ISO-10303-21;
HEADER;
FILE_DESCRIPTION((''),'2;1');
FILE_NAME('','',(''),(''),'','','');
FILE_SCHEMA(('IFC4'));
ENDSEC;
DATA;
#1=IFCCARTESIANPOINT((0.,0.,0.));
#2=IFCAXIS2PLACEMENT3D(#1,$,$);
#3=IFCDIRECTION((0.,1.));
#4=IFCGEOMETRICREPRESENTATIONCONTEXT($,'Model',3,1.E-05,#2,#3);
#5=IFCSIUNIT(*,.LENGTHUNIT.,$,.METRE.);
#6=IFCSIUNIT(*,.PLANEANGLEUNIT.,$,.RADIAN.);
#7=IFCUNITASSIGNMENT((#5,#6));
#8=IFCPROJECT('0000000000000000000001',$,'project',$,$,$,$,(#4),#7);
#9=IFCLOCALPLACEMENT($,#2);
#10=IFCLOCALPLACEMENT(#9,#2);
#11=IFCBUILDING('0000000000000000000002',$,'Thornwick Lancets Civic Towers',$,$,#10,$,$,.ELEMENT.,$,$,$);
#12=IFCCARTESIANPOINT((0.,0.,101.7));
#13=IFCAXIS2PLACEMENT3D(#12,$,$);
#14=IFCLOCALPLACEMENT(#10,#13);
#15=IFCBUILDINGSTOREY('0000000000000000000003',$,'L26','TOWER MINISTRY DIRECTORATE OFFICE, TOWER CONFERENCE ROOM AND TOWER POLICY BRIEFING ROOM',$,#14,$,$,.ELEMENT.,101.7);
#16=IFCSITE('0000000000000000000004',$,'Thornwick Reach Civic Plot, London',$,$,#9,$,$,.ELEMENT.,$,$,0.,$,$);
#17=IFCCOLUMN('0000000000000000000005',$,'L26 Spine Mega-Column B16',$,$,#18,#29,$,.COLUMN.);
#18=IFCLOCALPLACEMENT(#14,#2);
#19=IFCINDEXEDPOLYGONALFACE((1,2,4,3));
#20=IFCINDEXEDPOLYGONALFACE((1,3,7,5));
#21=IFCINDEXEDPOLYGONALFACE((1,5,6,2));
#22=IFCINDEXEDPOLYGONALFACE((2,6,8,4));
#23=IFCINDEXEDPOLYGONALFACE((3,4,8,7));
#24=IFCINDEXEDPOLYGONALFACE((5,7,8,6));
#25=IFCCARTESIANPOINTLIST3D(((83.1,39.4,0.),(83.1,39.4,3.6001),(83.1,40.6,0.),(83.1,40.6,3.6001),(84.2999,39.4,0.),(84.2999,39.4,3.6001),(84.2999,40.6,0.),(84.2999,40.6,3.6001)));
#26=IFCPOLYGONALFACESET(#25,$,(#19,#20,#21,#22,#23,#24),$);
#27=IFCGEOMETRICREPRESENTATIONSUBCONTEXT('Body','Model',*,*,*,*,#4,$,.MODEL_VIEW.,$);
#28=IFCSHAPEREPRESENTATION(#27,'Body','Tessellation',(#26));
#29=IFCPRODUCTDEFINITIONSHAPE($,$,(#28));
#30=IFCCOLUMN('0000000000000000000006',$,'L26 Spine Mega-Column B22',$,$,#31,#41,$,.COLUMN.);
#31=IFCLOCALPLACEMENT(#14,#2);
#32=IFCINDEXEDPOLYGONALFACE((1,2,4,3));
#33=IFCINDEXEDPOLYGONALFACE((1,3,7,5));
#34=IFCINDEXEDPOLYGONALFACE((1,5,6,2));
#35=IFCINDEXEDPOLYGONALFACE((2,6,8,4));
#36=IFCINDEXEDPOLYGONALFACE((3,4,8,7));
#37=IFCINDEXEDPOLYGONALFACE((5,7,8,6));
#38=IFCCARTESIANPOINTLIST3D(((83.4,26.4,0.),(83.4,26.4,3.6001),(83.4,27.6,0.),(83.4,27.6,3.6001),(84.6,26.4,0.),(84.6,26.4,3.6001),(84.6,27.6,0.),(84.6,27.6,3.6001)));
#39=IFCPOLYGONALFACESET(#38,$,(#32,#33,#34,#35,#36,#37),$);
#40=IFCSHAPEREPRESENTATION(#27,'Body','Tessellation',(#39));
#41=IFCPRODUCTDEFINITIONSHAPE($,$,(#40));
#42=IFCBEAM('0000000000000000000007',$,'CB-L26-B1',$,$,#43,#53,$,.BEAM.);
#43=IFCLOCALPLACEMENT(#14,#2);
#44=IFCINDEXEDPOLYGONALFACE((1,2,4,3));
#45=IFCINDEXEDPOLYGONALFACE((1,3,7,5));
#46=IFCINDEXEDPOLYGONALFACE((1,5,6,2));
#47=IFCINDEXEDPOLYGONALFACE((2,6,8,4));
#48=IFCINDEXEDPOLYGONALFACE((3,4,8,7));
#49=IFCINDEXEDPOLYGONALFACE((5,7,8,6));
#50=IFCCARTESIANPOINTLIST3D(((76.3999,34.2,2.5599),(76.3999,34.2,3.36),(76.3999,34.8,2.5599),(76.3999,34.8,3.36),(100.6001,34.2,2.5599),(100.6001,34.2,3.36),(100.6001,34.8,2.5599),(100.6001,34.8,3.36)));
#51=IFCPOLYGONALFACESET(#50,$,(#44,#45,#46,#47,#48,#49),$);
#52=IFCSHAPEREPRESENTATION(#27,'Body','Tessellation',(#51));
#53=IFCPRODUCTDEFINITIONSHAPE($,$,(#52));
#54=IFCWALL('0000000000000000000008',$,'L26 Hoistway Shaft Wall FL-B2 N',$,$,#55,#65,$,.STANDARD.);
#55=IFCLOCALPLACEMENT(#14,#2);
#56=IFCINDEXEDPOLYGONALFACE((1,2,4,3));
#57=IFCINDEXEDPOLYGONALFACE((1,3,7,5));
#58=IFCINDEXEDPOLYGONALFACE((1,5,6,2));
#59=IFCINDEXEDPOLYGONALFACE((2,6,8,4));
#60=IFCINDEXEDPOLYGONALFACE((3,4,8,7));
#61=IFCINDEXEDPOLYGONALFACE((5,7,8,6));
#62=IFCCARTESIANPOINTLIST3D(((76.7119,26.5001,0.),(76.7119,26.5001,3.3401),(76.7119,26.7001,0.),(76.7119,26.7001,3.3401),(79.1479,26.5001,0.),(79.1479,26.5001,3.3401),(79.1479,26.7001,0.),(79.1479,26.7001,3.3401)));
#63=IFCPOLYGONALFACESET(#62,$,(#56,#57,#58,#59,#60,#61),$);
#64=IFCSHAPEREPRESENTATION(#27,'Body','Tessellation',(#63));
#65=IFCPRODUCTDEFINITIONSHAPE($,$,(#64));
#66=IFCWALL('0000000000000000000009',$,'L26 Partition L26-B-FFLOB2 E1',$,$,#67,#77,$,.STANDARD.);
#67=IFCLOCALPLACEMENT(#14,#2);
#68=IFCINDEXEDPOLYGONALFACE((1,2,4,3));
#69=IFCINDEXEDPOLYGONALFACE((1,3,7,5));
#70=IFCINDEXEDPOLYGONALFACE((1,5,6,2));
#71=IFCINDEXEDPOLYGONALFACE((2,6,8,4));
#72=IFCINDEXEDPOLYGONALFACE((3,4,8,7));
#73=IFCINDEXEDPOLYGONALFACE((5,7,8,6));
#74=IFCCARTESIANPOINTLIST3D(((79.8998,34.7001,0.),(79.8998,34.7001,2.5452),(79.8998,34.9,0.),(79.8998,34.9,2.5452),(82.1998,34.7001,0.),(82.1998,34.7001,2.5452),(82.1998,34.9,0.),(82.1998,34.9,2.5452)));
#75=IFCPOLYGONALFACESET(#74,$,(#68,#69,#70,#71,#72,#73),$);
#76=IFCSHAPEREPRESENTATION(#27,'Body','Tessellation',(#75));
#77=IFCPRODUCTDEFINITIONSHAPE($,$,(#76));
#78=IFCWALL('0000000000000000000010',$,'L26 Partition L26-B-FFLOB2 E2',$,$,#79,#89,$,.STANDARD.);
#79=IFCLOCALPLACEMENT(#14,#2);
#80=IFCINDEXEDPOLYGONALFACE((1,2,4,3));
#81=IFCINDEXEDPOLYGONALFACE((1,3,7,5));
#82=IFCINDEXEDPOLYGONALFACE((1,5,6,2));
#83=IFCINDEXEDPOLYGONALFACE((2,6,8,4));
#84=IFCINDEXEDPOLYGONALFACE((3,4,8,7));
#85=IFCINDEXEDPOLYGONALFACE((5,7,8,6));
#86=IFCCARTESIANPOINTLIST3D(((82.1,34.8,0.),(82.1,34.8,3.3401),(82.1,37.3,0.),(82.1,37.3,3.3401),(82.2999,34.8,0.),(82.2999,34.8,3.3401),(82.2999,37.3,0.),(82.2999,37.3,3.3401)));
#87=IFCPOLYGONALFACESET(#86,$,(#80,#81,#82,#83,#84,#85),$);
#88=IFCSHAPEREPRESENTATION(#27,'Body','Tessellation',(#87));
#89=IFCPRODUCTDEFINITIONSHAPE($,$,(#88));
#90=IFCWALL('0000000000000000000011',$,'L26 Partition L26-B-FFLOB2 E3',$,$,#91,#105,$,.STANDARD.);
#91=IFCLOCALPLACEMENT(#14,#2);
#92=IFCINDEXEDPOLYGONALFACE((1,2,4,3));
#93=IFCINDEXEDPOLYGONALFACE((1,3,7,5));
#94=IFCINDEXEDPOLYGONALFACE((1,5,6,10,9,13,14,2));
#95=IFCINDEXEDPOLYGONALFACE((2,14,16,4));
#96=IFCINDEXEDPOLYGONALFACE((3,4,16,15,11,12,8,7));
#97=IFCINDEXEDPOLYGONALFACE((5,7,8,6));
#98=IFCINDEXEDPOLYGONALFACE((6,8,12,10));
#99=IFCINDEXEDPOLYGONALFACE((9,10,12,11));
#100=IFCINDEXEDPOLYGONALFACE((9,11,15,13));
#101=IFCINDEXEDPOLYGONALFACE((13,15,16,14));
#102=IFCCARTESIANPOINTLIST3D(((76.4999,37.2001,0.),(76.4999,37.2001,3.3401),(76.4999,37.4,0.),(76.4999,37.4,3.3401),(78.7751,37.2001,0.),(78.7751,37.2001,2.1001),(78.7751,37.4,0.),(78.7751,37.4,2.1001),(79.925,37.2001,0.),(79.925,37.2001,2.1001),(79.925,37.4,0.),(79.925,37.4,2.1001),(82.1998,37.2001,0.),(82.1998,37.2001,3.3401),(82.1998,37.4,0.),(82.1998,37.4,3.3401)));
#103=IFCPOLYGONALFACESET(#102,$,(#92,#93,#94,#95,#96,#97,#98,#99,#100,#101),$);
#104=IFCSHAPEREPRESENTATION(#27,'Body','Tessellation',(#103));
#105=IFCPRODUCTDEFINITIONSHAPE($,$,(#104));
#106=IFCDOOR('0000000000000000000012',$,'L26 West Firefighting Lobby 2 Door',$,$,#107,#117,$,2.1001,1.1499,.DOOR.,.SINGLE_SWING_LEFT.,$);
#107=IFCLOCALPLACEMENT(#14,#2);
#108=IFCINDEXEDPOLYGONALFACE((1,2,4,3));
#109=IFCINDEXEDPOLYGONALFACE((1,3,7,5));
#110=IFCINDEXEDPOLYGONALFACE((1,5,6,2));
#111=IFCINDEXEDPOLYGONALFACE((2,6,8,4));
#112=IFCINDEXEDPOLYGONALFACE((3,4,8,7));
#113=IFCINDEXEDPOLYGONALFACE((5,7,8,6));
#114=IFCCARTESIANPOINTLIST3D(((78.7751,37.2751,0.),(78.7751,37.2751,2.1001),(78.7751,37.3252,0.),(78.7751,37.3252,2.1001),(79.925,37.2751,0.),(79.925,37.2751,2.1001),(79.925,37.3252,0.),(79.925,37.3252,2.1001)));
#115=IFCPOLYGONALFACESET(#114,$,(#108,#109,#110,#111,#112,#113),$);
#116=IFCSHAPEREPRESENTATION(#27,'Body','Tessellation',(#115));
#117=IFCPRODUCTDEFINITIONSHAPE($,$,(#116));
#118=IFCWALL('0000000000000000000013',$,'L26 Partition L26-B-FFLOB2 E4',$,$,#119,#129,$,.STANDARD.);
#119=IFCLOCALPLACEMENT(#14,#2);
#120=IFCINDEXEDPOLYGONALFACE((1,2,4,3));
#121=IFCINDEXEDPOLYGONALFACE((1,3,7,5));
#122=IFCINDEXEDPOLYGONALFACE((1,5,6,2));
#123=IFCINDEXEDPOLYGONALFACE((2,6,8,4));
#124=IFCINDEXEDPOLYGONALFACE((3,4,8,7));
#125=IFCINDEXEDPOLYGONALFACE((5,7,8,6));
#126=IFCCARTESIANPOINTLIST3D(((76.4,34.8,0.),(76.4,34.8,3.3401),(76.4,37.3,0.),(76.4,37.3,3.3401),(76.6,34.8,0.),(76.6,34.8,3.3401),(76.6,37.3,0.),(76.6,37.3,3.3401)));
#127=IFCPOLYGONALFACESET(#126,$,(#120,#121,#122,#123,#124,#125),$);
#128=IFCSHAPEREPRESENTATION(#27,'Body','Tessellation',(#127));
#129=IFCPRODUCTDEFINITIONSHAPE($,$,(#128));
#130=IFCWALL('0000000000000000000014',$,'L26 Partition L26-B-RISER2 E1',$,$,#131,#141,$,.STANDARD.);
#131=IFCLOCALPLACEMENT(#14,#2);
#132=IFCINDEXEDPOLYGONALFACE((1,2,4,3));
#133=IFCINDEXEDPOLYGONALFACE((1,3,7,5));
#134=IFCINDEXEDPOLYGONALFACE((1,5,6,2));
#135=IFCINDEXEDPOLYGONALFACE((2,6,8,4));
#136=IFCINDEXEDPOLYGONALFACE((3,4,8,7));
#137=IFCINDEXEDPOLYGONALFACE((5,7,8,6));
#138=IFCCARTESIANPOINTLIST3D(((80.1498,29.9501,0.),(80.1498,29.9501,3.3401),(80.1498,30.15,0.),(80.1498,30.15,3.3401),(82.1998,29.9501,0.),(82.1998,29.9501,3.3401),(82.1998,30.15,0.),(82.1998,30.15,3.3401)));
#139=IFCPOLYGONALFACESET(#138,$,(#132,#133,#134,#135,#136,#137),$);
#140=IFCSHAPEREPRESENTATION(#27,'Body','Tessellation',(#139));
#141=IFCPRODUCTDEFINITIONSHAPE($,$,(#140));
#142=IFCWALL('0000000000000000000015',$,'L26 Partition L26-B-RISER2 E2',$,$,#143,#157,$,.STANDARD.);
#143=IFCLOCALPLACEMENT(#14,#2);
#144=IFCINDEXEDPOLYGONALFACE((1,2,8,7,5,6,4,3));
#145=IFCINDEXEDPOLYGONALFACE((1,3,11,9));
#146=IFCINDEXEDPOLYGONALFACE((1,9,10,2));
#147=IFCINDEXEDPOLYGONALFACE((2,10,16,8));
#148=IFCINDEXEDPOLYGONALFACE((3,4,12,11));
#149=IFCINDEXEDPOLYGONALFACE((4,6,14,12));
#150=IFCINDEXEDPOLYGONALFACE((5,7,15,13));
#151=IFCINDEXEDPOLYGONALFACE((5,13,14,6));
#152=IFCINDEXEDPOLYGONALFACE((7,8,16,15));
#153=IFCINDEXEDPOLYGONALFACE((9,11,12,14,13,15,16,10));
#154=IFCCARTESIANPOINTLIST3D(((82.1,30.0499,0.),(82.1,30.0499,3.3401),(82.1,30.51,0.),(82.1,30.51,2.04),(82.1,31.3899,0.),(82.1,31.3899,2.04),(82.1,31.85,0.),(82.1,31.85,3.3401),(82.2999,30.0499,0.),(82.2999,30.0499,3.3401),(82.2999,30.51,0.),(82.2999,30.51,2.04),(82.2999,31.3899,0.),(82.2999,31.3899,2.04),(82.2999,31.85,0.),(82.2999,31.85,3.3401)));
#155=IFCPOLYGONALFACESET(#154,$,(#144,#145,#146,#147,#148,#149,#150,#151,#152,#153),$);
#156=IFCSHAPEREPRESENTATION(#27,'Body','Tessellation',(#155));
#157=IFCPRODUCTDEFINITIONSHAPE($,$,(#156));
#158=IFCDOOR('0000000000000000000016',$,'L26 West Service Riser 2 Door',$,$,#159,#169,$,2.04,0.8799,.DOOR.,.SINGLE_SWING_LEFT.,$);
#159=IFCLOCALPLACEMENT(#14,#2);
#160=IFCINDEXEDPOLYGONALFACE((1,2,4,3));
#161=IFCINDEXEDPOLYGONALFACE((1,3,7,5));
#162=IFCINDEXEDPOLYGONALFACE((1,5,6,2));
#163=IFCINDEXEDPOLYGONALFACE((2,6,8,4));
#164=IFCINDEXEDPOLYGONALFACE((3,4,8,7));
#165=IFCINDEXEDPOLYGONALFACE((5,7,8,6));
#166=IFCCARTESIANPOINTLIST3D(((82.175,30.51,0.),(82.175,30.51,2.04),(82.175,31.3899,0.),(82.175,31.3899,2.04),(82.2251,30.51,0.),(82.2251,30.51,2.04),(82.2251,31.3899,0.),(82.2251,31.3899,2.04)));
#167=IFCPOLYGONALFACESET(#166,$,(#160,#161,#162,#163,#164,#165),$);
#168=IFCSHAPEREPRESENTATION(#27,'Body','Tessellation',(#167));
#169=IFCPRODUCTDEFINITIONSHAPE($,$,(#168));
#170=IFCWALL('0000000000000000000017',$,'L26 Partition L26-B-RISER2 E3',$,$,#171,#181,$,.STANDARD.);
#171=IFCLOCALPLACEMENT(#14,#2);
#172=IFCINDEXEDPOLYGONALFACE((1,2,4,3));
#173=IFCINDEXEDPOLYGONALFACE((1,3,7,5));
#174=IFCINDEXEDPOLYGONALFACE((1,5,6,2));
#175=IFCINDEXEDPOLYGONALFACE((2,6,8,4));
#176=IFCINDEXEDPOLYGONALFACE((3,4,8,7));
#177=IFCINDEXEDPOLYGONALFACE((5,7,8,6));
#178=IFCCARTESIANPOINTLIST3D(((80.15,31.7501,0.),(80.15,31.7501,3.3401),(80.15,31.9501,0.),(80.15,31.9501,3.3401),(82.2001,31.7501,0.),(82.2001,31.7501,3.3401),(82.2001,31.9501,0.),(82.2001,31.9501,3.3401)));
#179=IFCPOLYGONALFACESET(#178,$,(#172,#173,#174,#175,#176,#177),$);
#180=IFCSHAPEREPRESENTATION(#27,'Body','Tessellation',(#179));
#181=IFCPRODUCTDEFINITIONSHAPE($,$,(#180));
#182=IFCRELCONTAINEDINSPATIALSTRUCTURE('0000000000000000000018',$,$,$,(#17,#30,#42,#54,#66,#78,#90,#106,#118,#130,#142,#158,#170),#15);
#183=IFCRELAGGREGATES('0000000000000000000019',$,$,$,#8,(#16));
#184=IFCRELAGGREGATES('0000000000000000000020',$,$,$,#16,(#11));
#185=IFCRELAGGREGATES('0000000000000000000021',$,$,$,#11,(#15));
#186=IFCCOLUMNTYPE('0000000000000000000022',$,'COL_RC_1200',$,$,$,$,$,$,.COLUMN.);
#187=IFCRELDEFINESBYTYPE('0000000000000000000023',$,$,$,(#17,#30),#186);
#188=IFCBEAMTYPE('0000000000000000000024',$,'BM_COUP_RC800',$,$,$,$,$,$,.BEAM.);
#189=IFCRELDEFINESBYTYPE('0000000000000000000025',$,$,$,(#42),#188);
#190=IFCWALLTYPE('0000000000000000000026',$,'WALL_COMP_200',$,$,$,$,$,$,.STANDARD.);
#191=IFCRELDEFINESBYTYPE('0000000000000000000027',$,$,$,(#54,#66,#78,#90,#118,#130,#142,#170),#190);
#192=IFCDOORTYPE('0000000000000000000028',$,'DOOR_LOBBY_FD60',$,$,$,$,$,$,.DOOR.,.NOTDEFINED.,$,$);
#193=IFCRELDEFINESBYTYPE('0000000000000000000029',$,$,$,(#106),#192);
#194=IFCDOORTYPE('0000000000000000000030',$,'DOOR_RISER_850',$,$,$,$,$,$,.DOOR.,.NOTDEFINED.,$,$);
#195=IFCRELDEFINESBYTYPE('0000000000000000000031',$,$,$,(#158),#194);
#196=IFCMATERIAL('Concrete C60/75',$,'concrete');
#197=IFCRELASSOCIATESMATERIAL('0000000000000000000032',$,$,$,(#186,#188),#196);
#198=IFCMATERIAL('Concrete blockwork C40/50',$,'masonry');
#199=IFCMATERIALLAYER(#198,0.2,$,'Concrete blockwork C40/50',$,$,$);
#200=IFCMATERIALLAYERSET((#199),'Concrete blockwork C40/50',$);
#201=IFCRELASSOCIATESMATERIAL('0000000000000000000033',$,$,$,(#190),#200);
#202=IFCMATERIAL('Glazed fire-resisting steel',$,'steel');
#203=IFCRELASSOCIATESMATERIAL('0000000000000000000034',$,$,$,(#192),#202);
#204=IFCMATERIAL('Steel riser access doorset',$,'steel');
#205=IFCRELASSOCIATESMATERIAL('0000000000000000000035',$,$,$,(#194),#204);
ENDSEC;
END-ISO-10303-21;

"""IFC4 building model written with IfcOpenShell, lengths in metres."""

from ifc_helpers import new_model, si_unit, direction, frame, frame_2d, origin, origin_2d, place, context, subcontext, project, spatial, rectangle, extrude, material, layer, layer_set, material_profile, profile_set, type_object, element, fill, save


model = new_model("IFC4")

# Units and contexts
model_context = context("Model", 3, precision=1e-05, world=origin(), true_north=direction((0.0, 1.0)))
body_context = subcontext(model_context, "Body", "Model", "MODEL_VIEW")
ifc_project = project(units=[si_unit("LENGTHUNIT", "METRE"), si_unit("PLANEANGLEUNIT", "RADIAN")], contexts=[model_context])

# Site, building, storey
site_placement = place(None, origin())
site = spatial("IfcSite", under=ifc_project, at=site_placement, Name="Thornwick Reach Civic Plot, London", CompositionType="ELEMENT", RefElevation=0.0)
building_placement = place(site_placement, origin())
building = spatial("IfcBuilding", under=site, at=building_placement, Name="Thornwick Lancets Civic Towers", CompositionType="ELEMENT")
storey_placement = place(building_placement, frame((0.0, 0.0, 101.7)))
storey = spatial("IfcBuildingStorey", under=building, at=storey_placement, Name="L26", Description="TOWER MINISTRY DIRECTORATE OFFICE, TOWER CONFERENCE ROOM AND TOWER POLICY BRIEFING ROOM", CompositionType="ELEMENT", Elevation=101.7)

# Columns
ifc_material_1 = material(Name="Concrete C60/75", Category="concrete")
ifc_material_profile_1 = material_profile(ifc_material_1, rectangle(XDim=1.2, YDim=1.2, at=origin_2d()), Name="RC 1200x1200")
ifc_profile_set_1 = profile_set([ifc_material_profile_1], Name="Concrete C60/75")
column_type = type_object("IfcColumnType", Name="COL_RC_1200", PredefinedType="COLUMN", material=ifc_profile_set_1)
for number, where, z_axis, x_axis, name in (
    (1, (83.7, 40.0, 0.0), (0.0, 0.0, 1.0), (1.0, 0.0, 0.0), "L26 Spine Mega-Column B16"),
    (2, (84.0, 27.0, 0.0), (0.0, 0.0, 1.0), (1.0, 0.0, 0.0), "L26 Spine Mega-Column B22"),
):
    element("IfcColumn", number, at=place(storey_placement, frame(where, z_axis=z_axis, x_axis=x_axis)), inside=storey, type_object=column_type, Name=name, PredefinedType="COLUMN", context=body_context, shape_type="SweptSolid", body=[
        extrude(rectangle(XDim=1.2, YDim=1.2, at=origin_2d()), origin(), (0.0, 0.0, 1.0), 3.6001),
    ])

# Beam
ifc_material_profile_2 = material_profile(ifc_material_1, rectangle(XDim=0.6001, YDim=0.8, at=origin_2d()), Name="RC 600x800")
ifc_profile_set_2 = profile_set([ifc_material_profile_2], Name="Concrete C60/75")
beam_type = type_object("IfcBeamType", Name="BM_COUP_RC800", PredefinedType="BEAM", material=ifc_profile_set_2)
beam_placement = place(storey_placement, frame((76.3999, 34.5, 2.96), z_axis=(1.0, 0.0, 0.0), x_axis=(0.0, 1.0, 0.0)))
element("IfcBeam", 3, at=beam_placement, inside=storey, type_object=beam_type, Name="CB-L26-B1", PredefinedType="BEAM", context=body_context, shape_type="SweptSolid", body=[
    extrude(rectangle(XDim=0.6001, YDim=0.8, at=origin_2d()), origin(), (0.0, 0.0, 1.0), 24.2002),
])

# Walls
ifc_material_2 = material(Name="Concrete blockwork C40/50", Category="masonry")
ifc_layer_1 = layer(ifc_material_2, 0.2, Name="Concrete blockwork C40/50")
ifc_layer_set_1 = layer_set([ifc_layer_1], Name="Concrete blockwork C40/50")
wall_type_1 = type_object("IfcWallType", Name="WALL_COMP_200", PredefinedType="STANDARD", material=ifc_layer_set_1)
wall_1_placement = place(storey_placement, frame((76.7119, 26.6001, 0.0), z_axis=(0.0, 0.0, 1.0), x_axis=(1.0, 0.0, 0.0)))
element("IfcWall", 4, at=wall_1_placement, inside=storey, type_object=wall_type_1, Name="L26 Hoistway Shaft Wall FL-B2 N", PredefinedType="STANDARD", context=body_context, shape_type="SweptSolid", body=[
    extrude(rectangle(XDim=2.436, YDim=0.2, at=frame_2d((1.218, 0.0))), origin(), (0.0, 0.0, 1.0), 3.3401),
])
wall_2_placement = place(storey_placement, frame((79.8999, 34.8, 0.0), z_axis=(0.0, 0.0, 1.0), x_axis=(1.0, 0.0, 0.0)))
element("IfcWall", 5, at=wall_2_placement, inside=storey, type_object=wall_type_1, Name="L26 Partition L26-B-FFLOB2 E1", PredefinedType="STANDARD", context=body_context, shape_type="SweptSolid", body=[
    extrude(rectangle(XDim=2.3, YDim=0.2, at=frame_2d((1.1499, 0.0))), origin(), (0.0, 0.0, 1.0), 2.5452),
])
wall_3_placement = place(storey_placement, frame((82.2, 34.8, 0.0), z_axis=(0.0, 0.0, 1.0), x_axis=(0.0, 1.0, 0.0)))
element("IfcWall", 6, at=wall_3_placement, inside=storey, type_object=wall_type_1, Name="L26 Partition L26-B-FFLOB2 E2", PredefinedType="STANDARD", context=body_context, shape_type="SweptSolid", body=[
    extrude(rectangle(XDim=2.5, YDim=0.2, at=frame_2d((1.25, 0.0))), origin(), (0.0, 0.0, 1.0), 3.3401),
])

# Wall, opening, door
wall_4_placement = place(storey_placement, frame((82.2, 37.3, 0.0), z_axis=(0.0, 0.0, 1.0), x_axis=(-1.0, 0.0, 0.0)))
wall_4 = element("IfcWall", 7, at=wall_4_placement, inside=storey, type_object=wall_type_1, Name="L26 Partition L26-B-FFLOB2 E3", PredefinedType="STANDARD", context=body_context, shape_type="SweptSolid", body=[
    extrude(rectangle(XDim=5.7, YDim=0.2, at=frame_2d((2.8501, 0.0))), origin(), (0.0, 0.0, 1.0), 3.3401),
])
opening_1_placement = place(wall_4_placement, frame((2.2749, 0.0, 0.0)))
opening_1 = element("IfcOpeningElement", 8, at=opening_1_placement, cuts=wall_4, PredefinedType="OPENING", context=body_context, shape_type="SweptSolid", body=[
    extrude(rectangle(XDim=1.1499, YDim=2.1001, at=frame_2d((0.575, 1.05))), frame((0.0, 0.1099, 0.0), z_axis=(0.0, -1.0, 0.0), x_axis=(1.0, 0.0, 0.0)), (0.0, 0.0, 1.0), 0.22),
])
ifc_material_3 = material(Name="Glazed fire-resisting steel", Category="steel")
door_type_1 = type_object("IfcDoorType", Name="DOOR_LOBBY_FD60", OperationType="NOTDEFINED", PredefinedType="DOOR", material=ifc_material_3)
door_1_placement = place(opening_1_placement, origin())
door_1 = element("IfcDoor", 9, at=door_1_placement, inside=storey, type_object=door_type_1, Name="L26 West Firefighting Lobby 2 Door", OperationType="SINGLE_SWING_LEFT", OverallHeight=2.1001, OverallWidth=1.1499, PredefinedType="DOOR", context=body_context, shape_type="SweptSolid", body=[
    extrude(rectangle(XDim=1.1499, YDim=2.1001, at=frame_2d((0.575, 1.05))), frame((0.0, 0.0249, 0.0), z_axis=(0.0, -1.0, 0.0), x_axis=(1.0, 0.0, 0.0)), (0.0, 0.0, 1.0), 0.05),
])
fill(opening_1, door_1)

# Walls
wall_5_placement = place(storey_placement, frame((76.5, 37.3, 0.0), z_axis=(0.0, 0.0, 1.0), x_axis=(0.0, -1.0, 0.0)))
element("IfcWall", 10, at=wall_5_placement, inside=storey, type_object=wall_type_1, Name="L26 Partition L26-B-FFLOB2 E4", PredefinedType="STANDARD", context=body_context, shape_type="SweptSolid", body=[
    extrude(rectangle(XDim=2.5, YDim=0.2, at=frame_2d((1.25, 0.0))), origin(), (0.0, 0.0, 1.0), 3.3401),
])
wall_6_placement = place(storey_placement, frame((80.1499, 30.05, 0.0), z_axis=(0.0, 0.0, 1.0), x_axis=(1.0, 0.0, 0.0)))
element("IfcWall", 11, at=wall_6_placement, inside=storey, type_object=wall_type_1, Name="L26 Partition L26-B-RISER2 E1", PredefinedType="STANDARD", context=body_context, shape_type="SweptSolid", body=[
    extrude(rectangle(XDim=2.05, YDim=0.2, at=frame_2d((1.0249, 0.0))), origin(), (0.0, 0.0, 1.0), 3.3401),
])

# Wall, opening, door
wall_7_placement = place(storey_placement, frame((82.2, 30.05, 0.0), z_axis=(0.0, 0.0, 1.0), x_axis=(0.0, 1.0, 0.0)))
wall_7 = element("IfcWall", 12, at=wall_7_placement, inside=storey, type_object=wall_type_1, Name="L26 Partition L26-B-RISER2 E2", PredefinedType="STANDARD", context=body_context, shape_type="SweptSolid", body=[
    extrude(rectangle(XDim=1.8, YDim=0.2, at=frame_2d((0.8999, 0.0))), origin(), (0.0, 0.0, 1.0), 3.3401),
])
opening_2_placement = place(wall_7_placement, frame((0.46, 0.0, 0.0)))
opening_2 = element("IfcOpeningElement", 13, at=opening_2_placement, cuts=wall_7, PredefinedType="OPENING", context=body_context, shape_type="SweptSolid", body=[
    extrude(rectangle(XDim=0.8799, YDim=2.04, at=frame_2d((0.4399, 1.02))), frame((0.0, 0.1099, 0.0), z_axis=(0.0, -1.0, 0.0), x_axis=(1.0, 0.0, 0.0)), (0.0, 0.0, 1.0), 0.22),
])
ifc_material_4 = material(Name="Steel riser access doorset", Category="steel")
door_type_2 = type_object("IfcDoorType", Name="DOOR_RISER_850", OperationType="NOTDEFINED", PredefinedType="DOOR", material=ifc_material_4)
door_2_placement = place(opening_2_placement, origin())
door_2 = element("IfcDoor", 14, at=door_2_placement, inside=storey, type_object=door_type_2, Name="L26 West Service Riser 2 Door", OperationType="SINGLE_SWING_LEFT", OverallHeight=2.04, OverallWidth=0.8799, PredefinedType="DOOR", context=body_context, shape_type="SweptSolid", body=[
    extrude(rectangle(XDim=0.8799, YDim=2.04, at=frame_2d((0.4399, 1.02))), frame((0.0, 0.0249, 0.0), z_axis=(0.0, -1.0, 0.0), x_axis=(1.0, 0.0, 0.0)), (0.0, 0.0, 1.0), 0.05),
])
fill(opening_2, door_2)

# Wall
wall_8_placement = place(storey_placement, frame((82.2, 31.8501, 0.0), z_axis=(0.0, 0.0, 1.0), x_axis=(-1.0, 0.0, 0.0)))
element("IfcWall", 15, at=wall_8_placement, inside=storey, type_object=wall_type_1, Name="L26 Partition L26-B-RISER2 E3", PredefinedType="STANDARD", context=body_context, shape_type="SweptSolid", body=[
    extrude(rectangle(XDim=2.05, YDim=0.2, at=frame_2d((1.0249, 0.0))), origin(), (0.0, 0.0, 1.0), 3.3401),
])

save(model, "model.ifc")
